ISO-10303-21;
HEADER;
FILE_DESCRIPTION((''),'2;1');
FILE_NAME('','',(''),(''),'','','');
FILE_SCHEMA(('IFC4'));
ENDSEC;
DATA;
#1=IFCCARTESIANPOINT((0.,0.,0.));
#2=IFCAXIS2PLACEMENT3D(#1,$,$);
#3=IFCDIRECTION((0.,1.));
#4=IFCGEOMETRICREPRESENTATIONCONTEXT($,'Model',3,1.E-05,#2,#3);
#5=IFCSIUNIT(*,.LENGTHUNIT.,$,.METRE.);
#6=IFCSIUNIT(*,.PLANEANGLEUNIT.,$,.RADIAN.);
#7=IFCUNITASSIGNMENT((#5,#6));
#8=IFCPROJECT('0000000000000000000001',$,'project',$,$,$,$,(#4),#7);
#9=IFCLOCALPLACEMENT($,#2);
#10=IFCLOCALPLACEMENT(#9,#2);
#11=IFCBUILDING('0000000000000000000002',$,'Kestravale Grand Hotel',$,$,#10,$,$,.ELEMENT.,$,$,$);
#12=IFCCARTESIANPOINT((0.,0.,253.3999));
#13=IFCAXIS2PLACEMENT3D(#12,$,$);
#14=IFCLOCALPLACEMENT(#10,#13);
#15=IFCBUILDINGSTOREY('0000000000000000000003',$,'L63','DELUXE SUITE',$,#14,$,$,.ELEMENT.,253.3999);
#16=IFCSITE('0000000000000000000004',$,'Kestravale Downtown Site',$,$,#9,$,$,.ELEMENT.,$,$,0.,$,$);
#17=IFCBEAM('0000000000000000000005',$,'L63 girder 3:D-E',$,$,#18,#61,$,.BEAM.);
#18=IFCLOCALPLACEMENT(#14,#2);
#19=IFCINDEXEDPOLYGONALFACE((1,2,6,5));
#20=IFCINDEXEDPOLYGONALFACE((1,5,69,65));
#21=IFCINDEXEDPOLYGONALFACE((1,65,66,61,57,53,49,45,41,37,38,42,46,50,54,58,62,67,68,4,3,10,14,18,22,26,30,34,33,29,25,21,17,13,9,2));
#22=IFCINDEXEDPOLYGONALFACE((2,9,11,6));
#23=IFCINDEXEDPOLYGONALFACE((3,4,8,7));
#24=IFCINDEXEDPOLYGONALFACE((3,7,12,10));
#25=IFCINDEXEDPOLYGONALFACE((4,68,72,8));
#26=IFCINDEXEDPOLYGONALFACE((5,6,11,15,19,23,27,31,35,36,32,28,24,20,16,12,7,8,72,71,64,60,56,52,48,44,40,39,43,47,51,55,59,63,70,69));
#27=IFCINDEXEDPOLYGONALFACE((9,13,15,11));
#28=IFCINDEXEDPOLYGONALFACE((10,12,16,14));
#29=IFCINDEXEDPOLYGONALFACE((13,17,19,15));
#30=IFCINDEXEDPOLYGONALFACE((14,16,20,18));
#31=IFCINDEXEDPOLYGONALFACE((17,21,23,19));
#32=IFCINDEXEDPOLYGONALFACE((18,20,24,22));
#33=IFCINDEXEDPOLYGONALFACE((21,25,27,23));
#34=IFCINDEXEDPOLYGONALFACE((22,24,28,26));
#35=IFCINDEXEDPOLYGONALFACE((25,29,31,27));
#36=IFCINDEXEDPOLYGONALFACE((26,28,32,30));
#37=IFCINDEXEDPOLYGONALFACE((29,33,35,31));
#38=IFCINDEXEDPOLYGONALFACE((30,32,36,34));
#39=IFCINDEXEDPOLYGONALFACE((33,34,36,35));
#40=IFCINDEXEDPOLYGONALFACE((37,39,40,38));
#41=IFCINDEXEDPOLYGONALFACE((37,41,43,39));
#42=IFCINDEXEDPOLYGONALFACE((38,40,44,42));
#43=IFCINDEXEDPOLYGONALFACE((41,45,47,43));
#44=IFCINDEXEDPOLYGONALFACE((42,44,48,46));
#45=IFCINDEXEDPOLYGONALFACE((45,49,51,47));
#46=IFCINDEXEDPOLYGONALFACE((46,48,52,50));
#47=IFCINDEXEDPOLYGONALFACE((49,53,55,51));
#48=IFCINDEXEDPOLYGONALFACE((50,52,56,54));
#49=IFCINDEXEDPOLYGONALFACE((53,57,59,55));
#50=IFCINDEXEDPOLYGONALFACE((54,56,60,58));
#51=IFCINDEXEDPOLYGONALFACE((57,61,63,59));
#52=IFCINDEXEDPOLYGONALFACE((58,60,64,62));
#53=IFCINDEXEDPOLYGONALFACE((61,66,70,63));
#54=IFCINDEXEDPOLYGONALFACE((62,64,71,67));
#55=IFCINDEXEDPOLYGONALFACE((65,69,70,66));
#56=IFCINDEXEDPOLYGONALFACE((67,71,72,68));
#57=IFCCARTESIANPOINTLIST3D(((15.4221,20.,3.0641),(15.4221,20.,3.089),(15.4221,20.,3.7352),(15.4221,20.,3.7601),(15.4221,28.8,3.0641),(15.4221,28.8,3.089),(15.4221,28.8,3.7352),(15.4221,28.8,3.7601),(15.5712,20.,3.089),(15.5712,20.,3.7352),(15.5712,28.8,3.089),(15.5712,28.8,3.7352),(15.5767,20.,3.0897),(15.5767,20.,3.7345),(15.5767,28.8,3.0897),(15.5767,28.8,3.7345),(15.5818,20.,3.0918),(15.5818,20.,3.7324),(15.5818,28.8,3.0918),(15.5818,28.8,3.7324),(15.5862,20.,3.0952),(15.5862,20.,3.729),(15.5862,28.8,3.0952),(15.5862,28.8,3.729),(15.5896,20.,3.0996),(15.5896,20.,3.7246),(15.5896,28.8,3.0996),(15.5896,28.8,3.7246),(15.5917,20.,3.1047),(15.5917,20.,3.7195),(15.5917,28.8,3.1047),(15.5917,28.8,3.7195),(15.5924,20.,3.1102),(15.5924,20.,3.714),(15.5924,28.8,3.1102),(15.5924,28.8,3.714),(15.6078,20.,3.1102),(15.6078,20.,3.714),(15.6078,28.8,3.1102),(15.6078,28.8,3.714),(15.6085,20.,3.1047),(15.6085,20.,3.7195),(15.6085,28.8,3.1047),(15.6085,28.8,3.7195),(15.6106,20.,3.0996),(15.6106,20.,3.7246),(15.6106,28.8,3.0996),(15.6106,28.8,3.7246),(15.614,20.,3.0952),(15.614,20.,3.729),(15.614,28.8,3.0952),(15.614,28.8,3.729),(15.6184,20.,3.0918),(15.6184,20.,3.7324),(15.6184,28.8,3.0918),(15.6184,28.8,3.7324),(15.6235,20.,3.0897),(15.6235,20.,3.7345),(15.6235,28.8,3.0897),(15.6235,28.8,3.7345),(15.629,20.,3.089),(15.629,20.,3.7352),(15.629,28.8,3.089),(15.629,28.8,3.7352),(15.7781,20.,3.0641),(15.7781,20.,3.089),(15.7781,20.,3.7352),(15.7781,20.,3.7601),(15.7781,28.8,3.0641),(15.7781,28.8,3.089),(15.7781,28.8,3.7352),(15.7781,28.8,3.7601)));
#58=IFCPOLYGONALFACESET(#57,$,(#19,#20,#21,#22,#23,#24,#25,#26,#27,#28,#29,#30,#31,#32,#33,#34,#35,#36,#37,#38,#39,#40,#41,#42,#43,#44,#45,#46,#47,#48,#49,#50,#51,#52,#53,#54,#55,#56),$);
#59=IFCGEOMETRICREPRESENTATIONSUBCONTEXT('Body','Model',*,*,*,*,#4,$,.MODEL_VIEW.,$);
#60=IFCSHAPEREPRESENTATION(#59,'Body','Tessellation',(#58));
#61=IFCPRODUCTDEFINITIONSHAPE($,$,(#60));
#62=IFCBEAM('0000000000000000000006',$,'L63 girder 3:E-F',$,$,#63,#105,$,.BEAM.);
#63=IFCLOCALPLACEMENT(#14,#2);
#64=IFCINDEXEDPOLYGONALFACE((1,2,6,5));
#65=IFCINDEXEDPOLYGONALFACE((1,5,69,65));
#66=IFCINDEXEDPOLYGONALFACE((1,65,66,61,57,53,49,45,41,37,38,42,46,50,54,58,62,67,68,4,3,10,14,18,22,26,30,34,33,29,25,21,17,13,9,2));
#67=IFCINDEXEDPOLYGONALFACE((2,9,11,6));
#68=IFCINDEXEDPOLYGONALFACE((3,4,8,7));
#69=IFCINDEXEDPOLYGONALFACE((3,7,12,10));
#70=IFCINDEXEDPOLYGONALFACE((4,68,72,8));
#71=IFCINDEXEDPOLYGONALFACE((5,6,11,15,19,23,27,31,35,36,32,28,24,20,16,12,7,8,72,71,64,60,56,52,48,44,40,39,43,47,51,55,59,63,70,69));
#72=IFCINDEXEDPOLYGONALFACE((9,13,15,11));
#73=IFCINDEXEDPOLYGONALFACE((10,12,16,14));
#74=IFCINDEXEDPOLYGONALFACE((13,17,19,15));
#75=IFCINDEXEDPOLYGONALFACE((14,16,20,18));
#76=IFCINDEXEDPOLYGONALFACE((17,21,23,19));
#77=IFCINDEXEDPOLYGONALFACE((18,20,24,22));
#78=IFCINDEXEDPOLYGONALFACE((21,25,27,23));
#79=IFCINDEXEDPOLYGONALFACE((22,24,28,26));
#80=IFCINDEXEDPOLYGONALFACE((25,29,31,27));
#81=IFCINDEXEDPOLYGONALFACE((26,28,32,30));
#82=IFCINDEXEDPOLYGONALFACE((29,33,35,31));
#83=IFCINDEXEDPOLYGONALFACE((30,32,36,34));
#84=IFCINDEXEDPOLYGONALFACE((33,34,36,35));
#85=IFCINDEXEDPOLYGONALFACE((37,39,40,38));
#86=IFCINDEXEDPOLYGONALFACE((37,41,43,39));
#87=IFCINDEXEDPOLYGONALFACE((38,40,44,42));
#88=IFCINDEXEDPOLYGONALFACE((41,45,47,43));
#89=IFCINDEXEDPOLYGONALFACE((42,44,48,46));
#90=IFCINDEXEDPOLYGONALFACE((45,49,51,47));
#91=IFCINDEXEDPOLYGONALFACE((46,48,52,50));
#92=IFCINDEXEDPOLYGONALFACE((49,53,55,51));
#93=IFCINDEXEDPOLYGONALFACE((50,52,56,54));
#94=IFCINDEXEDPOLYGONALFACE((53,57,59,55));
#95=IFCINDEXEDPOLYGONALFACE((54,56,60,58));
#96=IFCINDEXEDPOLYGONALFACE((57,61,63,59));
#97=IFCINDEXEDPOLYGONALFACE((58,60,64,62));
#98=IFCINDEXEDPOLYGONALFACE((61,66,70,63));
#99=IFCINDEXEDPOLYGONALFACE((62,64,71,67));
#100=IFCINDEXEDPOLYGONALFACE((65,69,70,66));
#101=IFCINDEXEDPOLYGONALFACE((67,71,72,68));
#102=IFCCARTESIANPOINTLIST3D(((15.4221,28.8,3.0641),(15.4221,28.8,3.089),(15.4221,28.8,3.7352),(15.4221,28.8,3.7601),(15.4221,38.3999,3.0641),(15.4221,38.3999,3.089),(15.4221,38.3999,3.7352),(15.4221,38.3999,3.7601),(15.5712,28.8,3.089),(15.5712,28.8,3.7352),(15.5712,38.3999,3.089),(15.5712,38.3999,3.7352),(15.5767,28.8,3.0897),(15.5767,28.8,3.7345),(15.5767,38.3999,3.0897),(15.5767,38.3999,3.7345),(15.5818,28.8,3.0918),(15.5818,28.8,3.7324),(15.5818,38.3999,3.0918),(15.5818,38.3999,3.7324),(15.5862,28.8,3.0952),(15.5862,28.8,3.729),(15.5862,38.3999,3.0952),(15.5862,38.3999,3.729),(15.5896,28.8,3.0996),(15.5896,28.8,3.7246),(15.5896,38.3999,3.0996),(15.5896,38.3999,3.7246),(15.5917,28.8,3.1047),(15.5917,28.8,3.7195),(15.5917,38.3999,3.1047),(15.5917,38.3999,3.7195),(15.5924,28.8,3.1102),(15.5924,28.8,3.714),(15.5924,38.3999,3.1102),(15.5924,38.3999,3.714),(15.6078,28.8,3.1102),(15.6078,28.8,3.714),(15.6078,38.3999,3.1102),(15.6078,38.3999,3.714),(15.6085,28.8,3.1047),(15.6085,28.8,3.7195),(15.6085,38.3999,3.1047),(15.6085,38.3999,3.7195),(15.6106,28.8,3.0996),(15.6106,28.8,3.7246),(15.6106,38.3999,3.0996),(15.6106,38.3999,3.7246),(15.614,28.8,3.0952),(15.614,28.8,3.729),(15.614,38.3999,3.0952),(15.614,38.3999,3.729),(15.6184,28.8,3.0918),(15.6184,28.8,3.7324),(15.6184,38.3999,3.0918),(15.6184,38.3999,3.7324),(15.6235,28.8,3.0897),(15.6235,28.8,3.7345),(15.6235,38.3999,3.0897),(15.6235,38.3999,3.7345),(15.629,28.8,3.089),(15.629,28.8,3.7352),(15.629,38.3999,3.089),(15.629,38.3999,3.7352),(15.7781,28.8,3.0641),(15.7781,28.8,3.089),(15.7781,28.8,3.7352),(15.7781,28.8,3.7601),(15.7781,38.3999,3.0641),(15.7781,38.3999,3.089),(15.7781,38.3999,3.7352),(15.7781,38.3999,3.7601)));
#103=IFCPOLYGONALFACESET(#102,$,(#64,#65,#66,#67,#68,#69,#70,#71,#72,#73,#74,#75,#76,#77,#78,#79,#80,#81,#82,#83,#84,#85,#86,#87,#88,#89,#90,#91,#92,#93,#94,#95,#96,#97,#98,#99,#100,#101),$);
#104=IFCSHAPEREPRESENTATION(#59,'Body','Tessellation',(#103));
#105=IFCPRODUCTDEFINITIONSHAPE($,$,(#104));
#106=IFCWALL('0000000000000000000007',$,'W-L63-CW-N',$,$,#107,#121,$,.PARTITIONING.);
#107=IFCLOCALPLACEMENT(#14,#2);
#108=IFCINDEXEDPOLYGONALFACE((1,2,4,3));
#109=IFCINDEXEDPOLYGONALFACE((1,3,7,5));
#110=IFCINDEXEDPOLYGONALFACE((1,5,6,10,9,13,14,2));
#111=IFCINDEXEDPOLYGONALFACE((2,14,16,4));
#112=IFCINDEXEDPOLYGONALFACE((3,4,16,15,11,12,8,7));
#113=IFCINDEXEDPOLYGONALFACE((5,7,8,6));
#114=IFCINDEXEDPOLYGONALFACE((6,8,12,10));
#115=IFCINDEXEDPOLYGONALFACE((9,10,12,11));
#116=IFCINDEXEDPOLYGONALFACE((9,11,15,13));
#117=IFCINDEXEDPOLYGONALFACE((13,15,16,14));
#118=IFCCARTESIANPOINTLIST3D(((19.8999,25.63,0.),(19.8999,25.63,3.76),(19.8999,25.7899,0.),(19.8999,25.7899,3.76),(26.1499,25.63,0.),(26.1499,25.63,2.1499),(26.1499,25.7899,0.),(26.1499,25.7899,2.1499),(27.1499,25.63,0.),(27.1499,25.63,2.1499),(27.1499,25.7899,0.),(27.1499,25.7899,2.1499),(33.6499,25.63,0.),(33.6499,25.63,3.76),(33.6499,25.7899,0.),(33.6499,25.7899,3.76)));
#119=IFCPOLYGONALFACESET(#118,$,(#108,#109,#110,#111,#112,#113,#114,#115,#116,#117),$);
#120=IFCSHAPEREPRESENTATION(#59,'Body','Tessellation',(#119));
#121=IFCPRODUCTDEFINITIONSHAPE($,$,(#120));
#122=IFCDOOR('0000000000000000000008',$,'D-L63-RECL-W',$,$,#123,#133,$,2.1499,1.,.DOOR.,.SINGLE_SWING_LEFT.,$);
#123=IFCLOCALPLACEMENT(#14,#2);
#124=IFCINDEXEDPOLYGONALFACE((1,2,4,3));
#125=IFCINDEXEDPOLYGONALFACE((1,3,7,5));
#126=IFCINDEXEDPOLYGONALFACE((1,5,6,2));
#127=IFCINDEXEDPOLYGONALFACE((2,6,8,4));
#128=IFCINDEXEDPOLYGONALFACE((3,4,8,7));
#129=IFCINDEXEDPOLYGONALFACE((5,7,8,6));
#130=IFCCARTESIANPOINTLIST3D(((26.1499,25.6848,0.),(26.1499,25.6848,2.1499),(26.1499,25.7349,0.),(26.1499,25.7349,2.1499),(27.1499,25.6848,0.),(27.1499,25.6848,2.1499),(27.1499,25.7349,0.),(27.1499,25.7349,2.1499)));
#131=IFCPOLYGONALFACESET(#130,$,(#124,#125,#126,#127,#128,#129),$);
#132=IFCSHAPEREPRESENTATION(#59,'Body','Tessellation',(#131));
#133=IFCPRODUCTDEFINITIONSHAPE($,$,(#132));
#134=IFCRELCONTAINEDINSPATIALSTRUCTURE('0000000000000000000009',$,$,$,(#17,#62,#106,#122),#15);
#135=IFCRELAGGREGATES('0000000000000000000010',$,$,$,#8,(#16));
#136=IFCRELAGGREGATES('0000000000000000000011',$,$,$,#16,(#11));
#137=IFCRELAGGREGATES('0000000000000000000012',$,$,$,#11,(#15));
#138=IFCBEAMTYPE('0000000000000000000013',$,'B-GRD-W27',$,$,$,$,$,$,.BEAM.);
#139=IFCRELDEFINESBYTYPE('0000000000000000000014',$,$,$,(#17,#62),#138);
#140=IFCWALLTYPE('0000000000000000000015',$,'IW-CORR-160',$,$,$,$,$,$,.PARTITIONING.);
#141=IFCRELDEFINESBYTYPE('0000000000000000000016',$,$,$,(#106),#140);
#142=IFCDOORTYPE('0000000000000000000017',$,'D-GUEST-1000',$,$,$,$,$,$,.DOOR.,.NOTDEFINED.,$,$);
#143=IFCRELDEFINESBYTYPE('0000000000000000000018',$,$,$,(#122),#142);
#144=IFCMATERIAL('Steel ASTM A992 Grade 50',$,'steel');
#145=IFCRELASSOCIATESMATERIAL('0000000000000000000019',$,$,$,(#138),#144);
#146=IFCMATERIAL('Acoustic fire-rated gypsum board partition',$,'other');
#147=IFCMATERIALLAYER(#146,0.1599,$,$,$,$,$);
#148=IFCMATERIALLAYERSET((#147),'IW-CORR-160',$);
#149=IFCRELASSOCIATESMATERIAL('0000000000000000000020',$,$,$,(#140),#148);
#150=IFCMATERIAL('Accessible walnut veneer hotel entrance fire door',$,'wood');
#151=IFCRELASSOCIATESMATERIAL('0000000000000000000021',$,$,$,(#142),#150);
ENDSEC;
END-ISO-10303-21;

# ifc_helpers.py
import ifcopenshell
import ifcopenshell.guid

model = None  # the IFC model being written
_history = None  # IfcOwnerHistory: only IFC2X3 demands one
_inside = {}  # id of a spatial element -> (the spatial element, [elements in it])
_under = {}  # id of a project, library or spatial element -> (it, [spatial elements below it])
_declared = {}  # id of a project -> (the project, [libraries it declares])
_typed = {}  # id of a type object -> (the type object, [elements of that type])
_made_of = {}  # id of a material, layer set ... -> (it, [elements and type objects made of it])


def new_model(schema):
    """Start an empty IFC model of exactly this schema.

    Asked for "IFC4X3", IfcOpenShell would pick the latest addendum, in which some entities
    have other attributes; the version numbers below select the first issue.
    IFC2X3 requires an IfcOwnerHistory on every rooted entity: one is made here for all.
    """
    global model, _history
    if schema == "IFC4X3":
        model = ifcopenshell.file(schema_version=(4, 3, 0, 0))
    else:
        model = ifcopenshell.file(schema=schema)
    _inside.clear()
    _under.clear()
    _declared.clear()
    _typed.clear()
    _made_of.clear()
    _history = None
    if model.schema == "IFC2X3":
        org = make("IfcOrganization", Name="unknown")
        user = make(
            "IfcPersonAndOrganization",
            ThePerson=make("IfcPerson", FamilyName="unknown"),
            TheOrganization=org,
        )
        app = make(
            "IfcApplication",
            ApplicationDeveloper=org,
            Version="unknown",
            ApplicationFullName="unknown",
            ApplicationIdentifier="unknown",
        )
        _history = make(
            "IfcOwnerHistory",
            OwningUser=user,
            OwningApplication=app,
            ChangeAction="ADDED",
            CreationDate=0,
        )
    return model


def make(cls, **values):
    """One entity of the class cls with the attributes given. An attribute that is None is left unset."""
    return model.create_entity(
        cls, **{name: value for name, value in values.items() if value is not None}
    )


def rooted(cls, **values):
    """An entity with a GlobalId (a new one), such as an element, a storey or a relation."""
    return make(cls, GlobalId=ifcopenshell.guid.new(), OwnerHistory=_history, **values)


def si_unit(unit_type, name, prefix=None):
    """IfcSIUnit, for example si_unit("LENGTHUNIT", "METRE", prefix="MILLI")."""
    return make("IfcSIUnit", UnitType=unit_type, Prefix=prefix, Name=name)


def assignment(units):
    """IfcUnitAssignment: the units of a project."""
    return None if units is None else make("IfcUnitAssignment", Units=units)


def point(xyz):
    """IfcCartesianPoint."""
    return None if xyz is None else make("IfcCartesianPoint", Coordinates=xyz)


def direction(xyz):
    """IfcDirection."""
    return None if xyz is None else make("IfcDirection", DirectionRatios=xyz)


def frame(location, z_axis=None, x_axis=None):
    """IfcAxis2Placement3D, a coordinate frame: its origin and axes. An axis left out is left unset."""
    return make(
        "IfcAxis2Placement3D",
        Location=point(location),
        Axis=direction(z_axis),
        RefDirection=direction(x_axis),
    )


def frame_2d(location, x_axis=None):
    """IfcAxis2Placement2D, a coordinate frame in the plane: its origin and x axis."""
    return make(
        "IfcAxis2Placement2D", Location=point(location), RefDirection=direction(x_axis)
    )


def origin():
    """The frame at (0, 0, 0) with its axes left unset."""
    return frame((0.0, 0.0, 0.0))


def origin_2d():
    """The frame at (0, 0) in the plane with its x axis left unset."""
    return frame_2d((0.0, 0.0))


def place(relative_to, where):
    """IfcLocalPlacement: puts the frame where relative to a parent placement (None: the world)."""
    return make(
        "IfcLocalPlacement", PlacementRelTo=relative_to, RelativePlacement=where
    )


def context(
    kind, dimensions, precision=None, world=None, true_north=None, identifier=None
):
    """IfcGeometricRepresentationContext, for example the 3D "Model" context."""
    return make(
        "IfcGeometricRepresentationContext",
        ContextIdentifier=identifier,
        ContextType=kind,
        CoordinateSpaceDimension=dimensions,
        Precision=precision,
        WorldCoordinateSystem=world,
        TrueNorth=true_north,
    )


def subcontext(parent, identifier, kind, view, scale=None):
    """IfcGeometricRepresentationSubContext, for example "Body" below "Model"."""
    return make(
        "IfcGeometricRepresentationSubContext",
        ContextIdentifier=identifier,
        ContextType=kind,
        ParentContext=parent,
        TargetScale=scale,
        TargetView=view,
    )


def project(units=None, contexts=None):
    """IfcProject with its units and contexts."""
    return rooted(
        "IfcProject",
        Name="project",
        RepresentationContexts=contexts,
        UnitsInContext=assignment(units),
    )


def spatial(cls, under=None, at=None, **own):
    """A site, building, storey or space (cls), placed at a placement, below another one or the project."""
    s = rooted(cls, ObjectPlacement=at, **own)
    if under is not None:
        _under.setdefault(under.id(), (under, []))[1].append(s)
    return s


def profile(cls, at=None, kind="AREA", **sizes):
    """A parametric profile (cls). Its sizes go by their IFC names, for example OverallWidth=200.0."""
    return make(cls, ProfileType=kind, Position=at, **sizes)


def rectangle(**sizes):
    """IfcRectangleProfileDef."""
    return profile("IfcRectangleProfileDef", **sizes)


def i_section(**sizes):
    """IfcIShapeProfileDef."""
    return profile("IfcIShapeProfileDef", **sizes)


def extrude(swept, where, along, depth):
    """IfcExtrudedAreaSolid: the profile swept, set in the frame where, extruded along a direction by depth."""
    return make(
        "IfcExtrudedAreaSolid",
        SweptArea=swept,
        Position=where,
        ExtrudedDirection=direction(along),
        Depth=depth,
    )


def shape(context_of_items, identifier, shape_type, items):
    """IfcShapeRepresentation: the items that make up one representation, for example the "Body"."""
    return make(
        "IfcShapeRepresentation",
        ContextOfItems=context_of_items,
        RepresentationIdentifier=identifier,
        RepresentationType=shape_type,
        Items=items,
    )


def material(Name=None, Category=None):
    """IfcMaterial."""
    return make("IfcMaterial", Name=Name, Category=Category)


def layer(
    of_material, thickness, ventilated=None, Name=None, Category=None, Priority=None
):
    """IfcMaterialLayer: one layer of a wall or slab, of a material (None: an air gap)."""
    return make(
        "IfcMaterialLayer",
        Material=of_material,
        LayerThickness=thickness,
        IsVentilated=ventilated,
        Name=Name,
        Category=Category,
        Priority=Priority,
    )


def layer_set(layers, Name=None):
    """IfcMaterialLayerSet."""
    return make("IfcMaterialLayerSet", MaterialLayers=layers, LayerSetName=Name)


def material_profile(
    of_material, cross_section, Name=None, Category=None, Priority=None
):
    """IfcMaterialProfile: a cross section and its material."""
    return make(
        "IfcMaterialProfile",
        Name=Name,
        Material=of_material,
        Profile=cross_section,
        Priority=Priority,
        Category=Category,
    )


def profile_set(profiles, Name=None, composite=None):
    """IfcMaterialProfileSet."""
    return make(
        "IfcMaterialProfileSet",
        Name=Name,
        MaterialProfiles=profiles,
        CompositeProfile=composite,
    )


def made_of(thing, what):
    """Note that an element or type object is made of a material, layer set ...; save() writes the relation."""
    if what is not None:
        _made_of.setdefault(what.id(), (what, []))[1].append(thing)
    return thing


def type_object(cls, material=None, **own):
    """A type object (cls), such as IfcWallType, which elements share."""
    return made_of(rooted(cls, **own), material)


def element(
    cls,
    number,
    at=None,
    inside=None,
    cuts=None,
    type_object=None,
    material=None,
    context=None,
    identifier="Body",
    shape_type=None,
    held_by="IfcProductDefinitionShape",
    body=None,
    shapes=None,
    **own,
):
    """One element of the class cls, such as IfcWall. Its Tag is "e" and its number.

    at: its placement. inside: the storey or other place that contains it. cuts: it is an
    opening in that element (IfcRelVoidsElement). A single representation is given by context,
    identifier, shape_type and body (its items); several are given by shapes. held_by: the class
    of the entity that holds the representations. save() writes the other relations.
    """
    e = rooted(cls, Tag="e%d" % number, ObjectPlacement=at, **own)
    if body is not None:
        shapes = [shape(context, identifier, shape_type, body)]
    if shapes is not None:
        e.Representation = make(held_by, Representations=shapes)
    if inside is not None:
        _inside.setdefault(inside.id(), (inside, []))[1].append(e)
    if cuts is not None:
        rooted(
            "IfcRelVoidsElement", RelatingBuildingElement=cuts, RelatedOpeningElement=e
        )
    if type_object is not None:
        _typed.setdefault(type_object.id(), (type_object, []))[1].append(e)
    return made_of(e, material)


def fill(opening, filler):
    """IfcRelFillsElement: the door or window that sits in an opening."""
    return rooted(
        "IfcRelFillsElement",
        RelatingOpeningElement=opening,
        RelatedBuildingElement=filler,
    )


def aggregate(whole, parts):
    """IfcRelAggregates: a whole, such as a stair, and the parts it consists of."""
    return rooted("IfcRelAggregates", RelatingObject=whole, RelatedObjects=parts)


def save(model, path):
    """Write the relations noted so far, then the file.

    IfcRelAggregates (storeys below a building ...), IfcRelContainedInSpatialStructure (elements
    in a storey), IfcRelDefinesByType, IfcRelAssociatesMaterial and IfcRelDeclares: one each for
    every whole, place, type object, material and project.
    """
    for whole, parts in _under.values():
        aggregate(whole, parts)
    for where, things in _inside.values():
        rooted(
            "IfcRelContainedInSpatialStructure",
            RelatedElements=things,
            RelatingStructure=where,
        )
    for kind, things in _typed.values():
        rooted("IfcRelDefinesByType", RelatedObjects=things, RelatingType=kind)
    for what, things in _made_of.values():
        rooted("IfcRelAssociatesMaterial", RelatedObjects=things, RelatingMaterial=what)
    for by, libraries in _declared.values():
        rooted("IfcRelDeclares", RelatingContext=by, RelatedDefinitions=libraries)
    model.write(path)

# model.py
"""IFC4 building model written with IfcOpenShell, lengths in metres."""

from ifc_helpers import new_model, si_unit, direction, frame, frame_2d, origin, origin_2d, place, context, subcontext, project, spatial, rectangle, i_section, extrude, material, layer, layer_set, material_profile, profile_set, type_object, element, fill, save


model = new_model("IFC4")

# Units and contexts
model_context = context("Model", 3, precision=1e-05, world=origin(), true_north=direction((0.0, 1.0)))
body_context = subcontext(model_context, "Body", "Model", "MODEL_VIEW")
ifc_project = project(units=[si_unit("LENGTHUNIT", "METRE"), si_unit("PLANEANGLEUNIT", "RADIAN")], contexts=[model_context])

# Site, building, storey
site_placement = place(None, origin())
site = spatial("IfcSite", under=ifc_project, at=site_placement, Name="Kestravale Downtown Site", CompositionType="ELEMENT", RefElevation=0.0)
building_placement = place(site_placement, origin())
building = spatial("IfcBuilding", under=site, at=building_placement, Name="Kestravale Grand Hotel", CompositionType="ELEMENT")
storey_placement = place(building_placement, frame((0.0, 0.0, 253.3999)))
storey = spatial("IfcBuildingStorey", under=building, at=storey_placement, Name="L63", Description="DELUXE SUITE", CompositionType="ELEMENT", Elevation=253.3999)

# Beams
ifc_material_1 = material(Name="Steel ASTM A992 Grade 50", Category="steel")
ifc_material_profile_1 = material_profile(ifc_material_1, i_section(OverallWidth=0.356, OverallDepth=0.696, WebThickness=0.0154, FlangeThickness=0.0249, FilletRadius=0.0212, at=origin_2d()))
ifc_profile_set_1 = profile_set([ifc_material_profile_1], Name="Steel ASTM A992 Grade 50")
beam_type_1 = type_object("IfcBeamType", Name="B-GRD-W27", PredefinedType="BEAM", material=ifc_profile_set_1)
for number, where, z_axis, x_axis, name in (
    (1, (15.6001, 20.0, 3.4121), (0.0, 1.0, 0.0), (-1.0, 0.0, 0.0), "L63 girder 3:D-E"),
):
    element("IfcBeam", number, at=place(storey_placement, frame(where, z_axis=z_axis, x_axis=x_axis)), inside=storey, type_object=beam_type_1, Name=name, PredefinedType="BEAM", context=body_context, shape_type="SweptSolid", body=[
        extrude(i_section(OverallWidth=0.356, OverallDepth=0.696, WebThickness=0.0154, FlangeThickness=0.0249, FilletRadius=0.0212, at=origin_2d()), origin(), (0.0, 0.0, 1.0), 8.8),
    ])
beam_1_placement = place(storey_placement, frame((15.6001, 28.8, 3.4121), z_axis=(0.0, 1.0, 0.0), x_axis=(-1.0, 0.0, 0.0)))
element("IfcBeam", 2, at=beam_1_placement, inside=storey, type_object=beam_type_1, Name="L63 girder 3:E-F", PredefinedType="BEAM", context=body_context, shape_type="SweptSolid", body=[
    extrude(i_section(OverallWidth=0.356, OverallDepth=0.696, WebThickness=0.0154, FlangeThickness=0.0249, FilletRadius=0.0212, at=origin_2d()), origin(), (0.0, 0.0, 1.0), 9.5999),
])

# Wall, opening, door
ifc_material_2 = material(Name="Acoustic fire-rated gypsum board partition", Category="other")
ifc_layer_1 = layer(ifc_material_2, 0.1599)
ifc_layer_set_1 = layer_set([ifc_layer_1], Name="IW-CORR-160")
wall_type_1 = type_object("IfcWallType", Name="IW-CORR-160", PredefinedType="PARTITIONING", material=ifc_layer_set_1)
wall_1_placement = place(storey_placement, frame((19.8999, 25.71, 0.0), z_axis=(0.0, 0.0, 1.0), x_axis=(1.0, 0.0, 0.0)))
wall_1 = element("IfcWall", 3, at=wall_1_placement, inside=storey, type_object=wall_type_1, Name="W-L63-CW-N", PredefinedType="PARTITIONING", context=body_context, shape_type="SweptSolid", body=[
    extrude(rectangle(XDim=13.75, YDim=0.1599, at=frame_2d((6.875, 0.0))), origin(), (0.0, 0.0, 1.0), 3.76),
])
opening_1_placement = place(wall_1_placement, frame((6.25, 0.0, 0.0)))
opening_1 = element("IfcOpeningElement", 4, at=opening_1_placement, cuts=wall_1, PredefinedType="OPENING", context=body_context, shape_type="SweptSolid", body=[
    extrude(rectangle(XDim=1.0, YDim=2.1499, at=frame_2d((0.5, 1.075))), frame((0.0, 0.0898, 0.0), z_axis=(0.0, -1.0, 0.0), x_axis=(1.0, 0.0, 0.0)), (0.0, 0.0, 1.0), 0.1799),
])
ifc_material_3 = material(Name="Accessible walnut veneer hotel entrance fire door", Category="wood")
door_type_1 = type_object("IfcDoorType", Name="D-GUEST-1000", OperationType="NOTDEFINED", PredefinedType="DOOR", material=ifc_material_3)
door_1_placement = place(opening_1_placement, origin())
door_1 = element("IfcDoor", 5, at=door_1_placement, inside=storey, type_object=door_type_1, Name="D-L63-RECL-W", OperationType="SINGLE_SWING_LEFT", OverallHeight=2.1499, OverallWidth=1.0, PredefinedType="DOOR", context=body_context, shape_type="SweptSolid", body=[
    extrude(rectangle(XDim=1.0, YDim=2.1499, at=frame_2d((0.5, 1.075))), frame((0.0, 0.0249, 0.0), z_axis=(0.0, -1.0, 0.0), x_axis=(1.0, 0.0, 0.0)), (0.0, 0.0, 1.0), 0.05),
])
fill(opening_1, door_1)

save(model, "model.ifc")
